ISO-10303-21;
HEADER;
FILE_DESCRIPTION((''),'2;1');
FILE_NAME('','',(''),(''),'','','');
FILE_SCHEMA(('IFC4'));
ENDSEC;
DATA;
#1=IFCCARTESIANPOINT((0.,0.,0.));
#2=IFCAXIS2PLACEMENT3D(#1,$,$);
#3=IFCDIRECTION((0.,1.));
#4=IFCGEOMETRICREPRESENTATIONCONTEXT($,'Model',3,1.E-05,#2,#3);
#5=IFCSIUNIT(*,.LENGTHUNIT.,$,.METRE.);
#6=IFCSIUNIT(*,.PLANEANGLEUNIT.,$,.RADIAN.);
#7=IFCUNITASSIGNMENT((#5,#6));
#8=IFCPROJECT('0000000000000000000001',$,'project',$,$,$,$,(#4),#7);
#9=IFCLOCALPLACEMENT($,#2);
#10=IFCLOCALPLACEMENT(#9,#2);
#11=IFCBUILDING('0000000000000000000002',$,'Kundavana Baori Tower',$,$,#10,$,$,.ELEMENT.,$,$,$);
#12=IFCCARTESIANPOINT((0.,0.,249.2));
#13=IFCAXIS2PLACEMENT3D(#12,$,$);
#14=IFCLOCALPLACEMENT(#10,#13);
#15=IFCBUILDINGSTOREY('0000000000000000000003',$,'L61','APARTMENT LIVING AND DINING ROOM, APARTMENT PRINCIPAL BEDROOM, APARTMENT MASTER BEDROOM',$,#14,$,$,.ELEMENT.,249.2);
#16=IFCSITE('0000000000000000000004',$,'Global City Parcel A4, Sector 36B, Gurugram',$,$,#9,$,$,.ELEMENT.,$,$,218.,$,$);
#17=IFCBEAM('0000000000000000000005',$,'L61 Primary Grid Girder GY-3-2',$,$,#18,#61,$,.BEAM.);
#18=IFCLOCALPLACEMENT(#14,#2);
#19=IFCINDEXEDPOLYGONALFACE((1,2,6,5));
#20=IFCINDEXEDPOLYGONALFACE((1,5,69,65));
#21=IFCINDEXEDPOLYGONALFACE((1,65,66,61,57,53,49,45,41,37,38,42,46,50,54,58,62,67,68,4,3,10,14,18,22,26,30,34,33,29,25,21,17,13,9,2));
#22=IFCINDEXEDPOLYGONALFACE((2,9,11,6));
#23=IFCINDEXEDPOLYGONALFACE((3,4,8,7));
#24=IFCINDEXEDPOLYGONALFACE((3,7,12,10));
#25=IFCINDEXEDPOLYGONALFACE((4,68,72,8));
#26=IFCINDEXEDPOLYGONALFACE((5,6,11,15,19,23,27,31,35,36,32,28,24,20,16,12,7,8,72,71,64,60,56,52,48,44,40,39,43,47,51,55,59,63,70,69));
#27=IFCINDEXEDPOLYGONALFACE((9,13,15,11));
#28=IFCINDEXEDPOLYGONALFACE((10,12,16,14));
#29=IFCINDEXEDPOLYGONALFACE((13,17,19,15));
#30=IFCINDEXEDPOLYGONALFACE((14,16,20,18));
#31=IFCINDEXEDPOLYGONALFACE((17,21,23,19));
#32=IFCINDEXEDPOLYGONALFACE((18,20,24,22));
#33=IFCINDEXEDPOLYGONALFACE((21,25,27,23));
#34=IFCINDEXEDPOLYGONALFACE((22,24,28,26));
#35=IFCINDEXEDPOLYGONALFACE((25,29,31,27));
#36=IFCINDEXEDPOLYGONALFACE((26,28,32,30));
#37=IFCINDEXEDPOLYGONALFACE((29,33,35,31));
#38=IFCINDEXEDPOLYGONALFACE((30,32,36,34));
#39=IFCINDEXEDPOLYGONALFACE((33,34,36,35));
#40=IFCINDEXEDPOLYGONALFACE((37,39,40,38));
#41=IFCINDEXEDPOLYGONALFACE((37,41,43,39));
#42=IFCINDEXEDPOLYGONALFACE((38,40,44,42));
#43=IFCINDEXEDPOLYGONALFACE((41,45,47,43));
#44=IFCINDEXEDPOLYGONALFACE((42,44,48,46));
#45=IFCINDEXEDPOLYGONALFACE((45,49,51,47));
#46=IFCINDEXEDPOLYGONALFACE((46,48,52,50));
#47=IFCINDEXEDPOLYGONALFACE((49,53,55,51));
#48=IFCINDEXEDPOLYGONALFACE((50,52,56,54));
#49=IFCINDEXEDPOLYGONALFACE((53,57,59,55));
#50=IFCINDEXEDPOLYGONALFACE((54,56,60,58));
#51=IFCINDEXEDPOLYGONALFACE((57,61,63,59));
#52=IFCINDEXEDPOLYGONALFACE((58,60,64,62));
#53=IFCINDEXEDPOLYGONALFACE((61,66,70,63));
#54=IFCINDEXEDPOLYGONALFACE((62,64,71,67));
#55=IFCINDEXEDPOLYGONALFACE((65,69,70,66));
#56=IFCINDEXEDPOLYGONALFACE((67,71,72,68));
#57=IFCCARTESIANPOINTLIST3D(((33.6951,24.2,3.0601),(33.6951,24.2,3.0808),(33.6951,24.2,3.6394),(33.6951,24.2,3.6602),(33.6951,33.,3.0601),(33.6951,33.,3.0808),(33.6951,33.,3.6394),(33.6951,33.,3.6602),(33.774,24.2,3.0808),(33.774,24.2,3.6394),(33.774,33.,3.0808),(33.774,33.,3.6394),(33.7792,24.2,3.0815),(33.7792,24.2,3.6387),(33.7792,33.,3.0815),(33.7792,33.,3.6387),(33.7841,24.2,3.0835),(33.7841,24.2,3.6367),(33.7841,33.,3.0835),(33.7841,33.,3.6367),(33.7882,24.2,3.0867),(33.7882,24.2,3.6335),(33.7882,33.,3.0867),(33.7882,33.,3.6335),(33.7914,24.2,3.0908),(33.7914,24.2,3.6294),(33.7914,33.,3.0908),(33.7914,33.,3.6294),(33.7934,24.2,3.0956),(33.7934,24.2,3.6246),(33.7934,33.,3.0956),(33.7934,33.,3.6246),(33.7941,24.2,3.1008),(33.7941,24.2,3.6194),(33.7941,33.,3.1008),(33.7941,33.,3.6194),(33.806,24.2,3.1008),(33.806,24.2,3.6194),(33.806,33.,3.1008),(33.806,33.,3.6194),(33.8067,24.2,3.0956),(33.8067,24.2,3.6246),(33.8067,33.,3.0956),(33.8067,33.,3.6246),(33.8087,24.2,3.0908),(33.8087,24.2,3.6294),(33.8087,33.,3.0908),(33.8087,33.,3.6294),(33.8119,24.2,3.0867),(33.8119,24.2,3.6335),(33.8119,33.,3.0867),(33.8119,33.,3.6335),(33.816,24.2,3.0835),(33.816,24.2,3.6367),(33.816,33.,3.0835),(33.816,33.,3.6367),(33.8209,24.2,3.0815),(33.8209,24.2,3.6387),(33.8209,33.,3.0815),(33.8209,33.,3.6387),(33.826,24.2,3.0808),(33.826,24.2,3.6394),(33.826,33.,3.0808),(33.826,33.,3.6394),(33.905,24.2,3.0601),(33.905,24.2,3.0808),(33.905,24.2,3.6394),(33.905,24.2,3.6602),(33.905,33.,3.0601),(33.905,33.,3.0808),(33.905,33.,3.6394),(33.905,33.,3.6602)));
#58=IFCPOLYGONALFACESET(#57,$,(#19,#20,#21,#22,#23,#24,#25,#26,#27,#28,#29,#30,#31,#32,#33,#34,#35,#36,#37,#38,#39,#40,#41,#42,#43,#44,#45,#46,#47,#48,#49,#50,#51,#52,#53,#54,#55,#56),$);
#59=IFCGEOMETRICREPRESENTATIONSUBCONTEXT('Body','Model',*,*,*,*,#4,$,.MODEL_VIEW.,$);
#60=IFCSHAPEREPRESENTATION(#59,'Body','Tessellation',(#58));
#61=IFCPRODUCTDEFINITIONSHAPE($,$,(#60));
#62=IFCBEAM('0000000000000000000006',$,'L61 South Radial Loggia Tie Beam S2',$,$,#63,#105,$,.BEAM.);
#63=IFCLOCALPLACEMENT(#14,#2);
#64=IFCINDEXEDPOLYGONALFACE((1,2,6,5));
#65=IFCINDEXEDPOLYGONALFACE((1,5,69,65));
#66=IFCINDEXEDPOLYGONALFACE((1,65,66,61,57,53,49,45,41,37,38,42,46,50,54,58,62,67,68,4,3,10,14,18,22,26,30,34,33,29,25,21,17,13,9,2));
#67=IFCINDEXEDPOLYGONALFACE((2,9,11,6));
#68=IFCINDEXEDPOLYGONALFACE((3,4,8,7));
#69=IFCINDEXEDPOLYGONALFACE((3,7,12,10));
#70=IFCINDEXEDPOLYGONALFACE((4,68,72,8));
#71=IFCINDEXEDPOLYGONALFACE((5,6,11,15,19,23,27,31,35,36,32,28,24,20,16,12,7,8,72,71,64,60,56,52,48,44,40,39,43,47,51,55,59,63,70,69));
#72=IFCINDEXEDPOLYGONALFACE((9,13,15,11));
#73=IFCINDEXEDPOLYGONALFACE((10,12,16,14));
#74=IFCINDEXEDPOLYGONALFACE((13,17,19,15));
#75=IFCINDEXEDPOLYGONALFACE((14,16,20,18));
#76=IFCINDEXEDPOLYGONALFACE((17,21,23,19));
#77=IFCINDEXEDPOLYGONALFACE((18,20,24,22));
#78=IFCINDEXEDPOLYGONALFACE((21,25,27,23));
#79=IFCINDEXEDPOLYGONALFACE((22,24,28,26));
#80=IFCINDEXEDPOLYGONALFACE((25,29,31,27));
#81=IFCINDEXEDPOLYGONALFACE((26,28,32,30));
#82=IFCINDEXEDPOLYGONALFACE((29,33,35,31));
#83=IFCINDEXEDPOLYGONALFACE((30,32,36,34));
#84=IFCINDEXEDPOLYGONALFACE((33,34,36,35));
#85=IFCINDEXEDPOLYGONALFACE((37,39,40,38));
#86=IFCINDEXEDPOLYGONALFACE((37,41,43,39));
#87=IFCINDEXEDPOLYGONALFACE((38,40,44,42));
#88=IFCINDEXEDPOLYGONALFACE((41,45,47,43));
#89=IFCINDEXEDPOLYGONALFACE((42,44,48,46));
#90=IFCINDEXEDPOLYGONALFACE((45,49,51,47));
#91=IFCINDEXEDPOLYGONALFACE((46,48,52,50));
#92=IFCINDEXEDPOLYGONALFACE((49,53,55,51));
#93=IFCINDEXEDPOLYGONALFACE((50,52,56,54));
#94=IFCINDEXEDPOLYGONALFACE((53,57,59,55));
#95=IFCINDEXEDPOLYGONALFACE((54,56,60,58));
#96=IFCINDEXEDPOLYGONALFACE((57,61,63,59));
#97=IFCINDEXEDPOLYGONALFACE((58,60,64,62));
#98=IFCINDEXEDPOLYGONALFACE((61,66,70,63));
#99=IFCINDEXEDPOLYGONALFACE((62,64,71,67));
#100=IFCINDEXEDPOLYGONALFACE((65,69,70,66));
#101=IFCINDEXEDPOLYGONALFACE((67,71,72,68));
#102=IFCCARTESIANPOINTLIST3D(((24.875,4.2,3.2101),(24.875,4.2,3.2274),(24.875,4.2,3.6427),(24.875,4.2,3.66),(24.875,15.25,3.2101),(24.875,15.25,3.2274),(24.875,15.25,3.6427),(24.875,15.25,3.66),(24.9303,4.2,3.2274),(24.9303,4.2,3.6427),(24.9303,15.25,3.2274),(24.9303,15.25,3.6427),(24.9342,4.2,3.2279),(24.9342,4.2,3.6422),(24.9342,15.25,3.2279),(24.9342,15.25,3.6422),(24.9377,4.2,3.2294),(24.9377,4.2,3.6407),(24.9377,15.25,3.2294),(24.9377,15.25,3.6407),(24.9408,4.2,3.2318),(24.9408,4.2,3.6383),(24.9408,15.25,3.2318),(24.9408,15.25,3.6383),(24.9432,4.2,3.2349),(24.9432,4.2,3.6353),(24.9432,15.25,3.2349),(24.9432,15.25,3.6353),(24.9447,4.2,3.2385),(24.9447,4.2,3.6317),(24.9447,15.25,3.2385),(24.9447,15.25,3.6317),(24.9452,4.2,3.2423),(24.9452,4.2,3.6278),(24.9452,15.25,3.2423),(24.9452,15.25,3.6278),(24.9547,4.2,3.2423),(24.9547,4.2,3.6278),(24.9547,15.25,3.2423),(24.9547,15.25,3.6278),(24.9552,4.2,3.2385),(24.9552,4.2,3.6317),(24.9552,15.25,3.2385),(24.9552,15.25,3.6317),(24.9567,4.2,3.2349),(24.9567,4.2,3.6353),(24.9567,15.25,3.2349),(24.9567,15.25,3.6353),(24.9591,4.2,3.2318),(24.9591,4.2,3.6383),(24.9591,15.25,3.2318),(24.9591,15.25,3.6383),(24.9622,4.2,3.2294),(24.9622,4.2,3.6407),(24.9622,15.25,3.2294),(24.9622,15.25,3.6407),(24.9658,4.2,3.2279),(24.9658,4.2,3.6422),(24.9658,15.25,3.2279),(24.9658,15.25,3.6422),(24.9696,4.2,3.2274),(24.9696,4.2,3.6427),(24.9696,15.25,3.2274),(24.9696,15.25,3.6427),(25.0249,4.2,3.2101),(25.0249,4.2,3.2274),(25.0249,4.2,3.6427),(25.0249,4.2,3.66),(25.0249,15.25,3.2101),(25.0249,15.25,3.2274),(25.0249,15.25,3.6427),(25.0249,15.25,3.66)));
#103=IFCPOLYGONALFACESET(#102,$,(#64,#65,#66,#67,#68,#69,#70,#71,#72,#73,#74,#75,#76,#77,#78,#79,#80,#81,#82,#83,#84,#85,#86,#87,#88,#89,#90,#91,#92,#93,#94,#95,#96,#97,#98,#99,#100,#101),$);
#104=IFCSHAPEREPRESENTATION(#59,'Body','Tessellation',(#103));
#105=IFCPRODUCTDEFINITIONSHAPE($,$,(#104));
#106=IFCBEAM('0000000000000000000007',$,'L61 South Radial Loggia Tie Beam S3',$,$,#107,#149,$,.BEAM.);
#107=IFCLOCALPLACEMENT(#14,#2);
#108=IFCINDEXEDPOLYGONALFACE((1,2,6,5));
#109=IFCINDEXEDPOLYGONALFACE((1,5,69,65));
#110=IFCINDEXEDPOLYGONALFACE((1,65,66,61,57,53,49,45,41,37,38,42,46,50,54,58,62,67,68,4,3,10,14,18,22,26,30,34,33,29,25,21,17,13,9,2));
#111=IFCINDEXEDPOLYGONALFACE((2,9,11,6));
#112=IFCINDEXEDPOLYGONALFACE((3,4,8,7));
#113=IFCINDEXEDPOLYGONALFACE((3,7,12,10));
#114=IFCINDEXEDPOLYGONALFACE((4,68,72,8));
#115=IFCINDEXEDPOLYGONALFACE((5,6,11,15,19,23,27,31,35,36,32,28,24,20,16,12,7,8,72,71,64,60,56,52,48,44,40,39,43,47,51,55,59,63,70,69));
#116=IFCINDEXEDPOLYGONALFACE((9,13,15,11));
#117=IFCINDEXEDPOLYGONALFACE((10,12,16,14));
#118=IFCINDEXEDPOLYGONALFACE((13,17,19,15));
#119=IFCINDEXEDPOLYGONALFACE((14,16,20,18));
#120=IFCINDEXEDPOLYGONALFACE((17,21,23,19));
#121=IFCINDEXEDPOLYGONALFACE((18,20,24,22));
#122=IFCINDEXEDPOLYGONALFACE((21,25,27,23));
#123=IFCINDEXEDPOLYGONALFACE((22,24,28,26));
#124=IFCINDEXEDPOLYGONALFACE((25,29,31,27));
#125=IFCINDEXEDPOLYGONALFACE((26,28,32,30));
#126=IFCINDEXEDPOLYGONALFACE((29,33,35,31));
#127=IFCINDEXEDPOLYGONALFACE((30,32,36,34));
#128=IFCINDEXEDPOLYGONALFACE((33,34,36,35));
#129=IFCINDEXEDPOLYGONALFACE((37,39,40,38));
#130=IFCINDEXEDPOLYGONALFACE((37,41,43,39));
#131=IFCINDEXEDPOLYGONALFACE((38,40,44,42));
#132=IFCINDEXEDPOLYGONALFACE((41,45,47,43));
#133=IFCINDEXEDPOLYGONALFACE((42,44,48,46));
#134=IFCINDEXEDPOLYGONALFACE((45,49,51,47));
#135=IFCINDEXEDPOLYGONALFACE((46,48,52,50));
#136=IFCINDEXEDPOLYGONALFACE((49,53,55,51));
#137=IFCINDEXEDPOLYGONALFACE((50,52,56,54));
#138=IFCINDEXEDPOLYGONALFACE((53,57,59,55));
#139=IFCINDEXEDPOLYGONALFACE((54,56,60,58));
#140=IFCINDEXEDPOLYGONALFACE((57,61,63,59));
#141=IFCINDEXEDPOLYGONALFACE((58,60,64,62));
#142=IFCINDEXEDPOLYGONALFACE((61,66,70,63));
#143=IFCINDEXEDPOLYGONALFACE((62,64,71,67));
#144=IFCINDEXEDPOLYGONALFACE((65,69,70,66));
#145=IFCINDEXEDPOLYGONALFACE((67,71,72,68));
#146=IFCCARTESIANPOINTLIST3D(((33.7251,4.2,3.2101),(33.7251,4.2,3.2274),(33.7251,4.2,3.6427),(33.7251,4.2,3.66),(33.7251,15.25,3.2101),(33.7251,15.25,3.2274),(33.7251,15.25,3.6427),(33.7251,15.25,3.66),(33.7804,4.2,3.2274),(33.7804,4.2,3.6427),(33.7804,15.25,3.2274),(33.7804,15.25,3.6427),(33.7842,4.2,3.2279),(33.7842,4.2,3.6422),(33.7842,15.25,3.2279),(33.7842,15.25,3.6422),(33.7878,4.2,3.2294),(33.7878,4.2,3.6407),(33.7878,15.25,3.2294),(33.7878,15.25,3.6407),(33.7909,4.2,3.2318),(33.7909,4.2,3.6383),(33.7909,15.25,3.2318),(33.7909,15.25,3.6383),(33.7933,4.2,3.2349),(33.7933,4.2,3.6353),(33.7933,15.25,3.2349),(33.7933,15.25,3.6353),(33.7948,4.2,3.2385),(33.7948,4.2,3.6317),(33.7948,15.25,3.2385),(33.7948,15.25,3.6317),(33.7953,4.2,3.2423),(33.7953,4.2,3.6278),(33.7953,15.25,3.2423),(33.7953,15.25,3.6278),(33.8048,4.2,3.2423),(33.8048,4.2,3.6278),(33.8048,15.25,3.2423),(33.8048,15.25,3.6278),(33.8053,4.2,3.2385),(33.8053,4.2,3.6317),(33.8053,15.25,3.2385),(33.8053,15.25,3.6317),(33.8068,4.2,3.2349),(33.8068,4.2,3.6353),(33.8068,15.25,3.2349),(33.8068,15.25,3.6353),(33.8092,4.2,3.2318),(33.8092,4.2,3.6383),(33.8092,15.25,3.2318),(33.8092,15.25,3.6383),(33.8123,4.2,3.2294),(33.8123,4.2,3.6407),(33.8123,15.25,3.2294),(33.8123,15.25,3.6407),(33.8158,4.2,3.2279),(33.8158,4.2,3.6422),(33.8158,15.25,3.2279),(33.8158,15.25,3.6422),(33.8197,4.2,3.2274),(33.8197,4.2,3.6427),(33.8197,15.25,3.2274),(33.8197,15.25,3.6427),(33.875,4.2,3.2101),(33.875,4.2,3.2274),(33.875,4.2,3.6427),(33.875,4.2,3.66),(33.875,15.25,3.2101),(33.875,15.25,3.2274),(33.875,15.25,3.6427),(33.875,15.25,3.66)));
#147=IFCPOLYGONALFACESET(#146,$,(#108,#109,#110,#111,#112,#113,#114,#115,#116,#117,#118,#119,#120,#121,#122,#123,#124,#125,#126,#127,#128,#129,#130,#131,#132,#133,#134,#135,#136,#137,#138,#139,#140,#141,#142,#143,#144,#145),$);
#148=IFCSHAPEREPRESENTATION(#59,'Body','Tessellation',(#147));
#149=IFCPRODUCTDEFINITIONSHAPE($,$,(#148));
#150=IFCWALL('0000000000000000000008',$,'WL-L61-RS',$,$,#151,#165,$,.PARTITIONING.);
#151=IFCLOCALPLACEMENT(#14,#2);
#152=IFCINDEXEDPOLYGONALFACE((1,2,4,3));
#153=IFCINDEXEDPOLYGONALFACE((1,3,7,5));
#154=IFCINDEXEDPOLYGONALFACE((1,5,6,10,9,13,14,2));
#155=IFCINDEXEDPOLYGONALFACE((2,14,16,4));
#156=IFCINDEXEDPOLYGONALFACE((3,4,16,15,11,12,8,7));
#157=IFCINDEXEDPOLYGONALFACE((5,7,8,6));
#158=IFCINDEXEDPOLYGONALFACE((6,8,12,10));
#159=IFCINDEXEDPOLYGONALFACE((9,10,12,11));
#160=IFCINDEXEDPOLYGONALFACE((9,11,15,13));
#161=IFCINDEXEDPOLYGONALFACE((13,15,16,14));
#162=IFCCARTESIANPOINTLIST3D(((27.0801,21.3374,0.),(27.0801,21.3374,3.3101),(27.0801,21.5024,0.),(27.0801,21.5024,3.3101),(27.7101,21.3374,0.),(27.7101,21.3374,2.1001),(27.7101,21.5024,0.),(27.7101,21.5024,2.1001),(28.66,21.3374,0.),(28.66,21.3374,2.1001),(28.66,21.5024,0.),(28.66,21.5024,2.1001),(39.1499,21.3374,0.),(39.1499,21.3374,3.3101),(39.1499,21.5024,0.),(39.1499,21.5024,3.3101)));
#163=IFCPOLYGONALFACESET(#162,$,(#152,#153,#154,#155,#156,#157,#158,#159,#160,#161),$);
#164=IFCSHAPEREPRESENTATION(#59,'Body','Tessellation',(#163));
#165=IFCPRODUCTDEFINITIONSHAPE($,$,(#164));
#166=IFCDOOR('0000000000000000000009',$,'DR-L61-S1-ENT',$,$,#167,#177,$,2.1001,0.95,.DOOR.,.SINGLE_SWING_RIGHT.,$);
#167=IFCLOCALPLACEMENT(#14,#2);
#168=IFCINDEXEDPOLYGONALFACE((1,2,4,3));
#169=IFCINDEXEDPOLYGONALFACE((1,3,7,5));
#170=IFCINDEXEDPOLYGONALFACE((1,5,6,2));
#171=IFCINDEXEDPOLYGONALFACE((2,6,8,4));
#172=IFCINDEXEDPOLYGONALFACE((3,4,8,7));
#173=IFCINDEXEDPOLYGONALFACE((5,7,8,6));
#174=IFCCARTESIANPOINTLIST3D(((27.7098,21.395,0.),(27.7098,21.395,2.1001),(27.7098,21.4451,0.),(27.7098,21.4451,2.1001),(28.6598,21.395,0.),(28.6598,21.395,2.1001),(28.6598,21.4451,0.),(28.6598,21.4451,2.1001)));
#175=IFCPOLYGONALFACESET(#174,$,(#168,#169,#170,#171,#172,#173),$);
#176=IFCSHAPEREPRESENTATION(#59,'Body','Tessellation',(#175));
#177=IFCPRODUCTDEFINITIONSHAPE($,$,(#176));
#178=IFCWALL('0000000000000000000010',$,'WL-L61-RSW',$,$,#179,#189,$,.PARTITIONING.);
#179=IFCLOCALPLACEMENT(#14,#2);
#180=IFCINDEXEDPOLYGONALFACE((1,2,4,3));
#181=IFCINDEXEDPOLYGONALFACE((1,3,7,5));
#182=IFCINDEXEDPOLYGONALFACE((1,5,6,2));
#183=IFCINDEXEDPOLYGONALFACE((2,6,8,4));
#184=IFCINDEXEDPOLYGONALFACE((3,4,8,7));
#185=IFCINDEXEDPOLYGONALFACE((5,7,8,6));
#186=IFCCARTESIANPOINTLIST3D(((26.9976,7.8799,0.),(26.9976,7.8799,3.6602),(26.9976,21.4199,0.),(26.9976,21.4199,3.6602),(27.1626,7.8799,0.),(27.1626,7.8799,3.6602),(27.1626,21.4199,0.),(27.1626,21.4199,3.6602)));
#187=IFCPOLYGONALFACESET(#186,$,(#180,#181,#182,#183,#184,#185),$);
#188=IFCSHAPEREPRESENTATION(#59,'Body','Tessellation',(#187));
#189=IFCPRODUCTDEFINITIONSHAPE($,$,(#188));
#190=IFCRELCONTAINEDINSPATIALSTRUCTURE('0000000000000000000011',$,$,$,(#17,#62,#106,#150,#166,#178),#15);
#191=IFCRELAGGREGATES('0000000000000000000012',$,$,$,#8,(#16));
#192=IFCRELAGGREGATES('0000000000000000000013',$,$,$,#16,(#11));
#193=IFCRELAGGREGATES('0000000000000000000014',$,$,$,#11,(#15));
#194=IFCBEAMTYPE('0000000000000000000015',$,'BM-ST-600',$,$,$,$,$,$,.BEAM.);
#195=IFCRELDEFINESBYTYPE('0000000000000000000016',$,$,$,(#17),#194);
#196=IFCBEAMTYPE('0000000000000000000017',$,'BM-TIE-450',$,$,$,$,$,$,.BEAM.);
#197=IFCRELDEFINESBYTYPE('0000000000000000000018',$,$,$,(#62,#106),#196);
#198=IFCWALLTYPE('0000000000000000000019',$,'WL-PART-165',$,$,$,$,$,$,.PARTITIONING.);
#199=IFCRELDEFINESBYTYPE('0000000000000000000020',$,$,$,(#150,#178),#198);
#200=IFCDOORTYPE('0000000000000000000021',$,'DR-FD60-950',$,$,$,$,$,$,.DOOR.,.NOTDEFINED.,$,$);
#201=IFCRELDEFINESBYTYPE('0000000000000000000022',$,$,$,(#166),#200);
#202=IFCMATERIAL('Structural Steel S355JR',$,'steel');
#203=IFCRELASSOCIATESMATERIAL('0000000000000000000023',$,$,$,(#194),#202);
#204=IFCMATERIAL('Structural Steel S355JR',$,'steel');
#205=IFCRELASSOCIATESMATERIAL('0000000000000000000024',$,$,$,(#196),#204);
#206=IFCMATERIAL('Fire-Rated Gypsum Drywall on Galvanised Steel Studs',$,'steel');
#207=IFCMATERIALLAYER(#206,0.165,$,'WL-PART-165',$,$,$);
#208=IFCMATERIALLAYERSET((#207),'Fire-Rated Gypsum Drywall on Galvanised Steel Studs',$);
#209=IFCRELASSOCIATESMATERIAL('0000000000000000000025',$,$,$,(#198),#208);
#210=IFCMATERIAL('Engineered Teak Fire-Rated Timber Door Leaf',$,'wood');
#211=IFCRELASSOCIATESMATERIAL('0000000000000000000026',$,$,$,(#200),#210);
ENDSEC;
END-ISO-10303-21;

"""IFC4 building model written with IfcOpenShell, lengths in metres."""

from ifc_helpers import new_model, si_unit, direction, frame, frame_2d, origin, origin_2d, place, context, subcontext, project, spatial, rectangle, i_section, extrude, material, layer, layer_set, material_profile, profile_set, type_object, element, fill, save


model = new_model("IFC4")

# Units and contexts
model_context = context("Model", 3, precision=1e-05, world=origin(), true_north=direction((0.0, 1.0)))
body_context = subcontext(model_context, "Body", "Model", "MODEL_VIEW")
ifc_project = project(units=[si_unit("LENGTHUNIT", "METRE"), si_unit("PLANEANGLEUNIT", "RADIAN")], contexts=[model_context])

# Site, building, storey
site_placement = place(None, origin())
site = spatial("IfcSite", under=ifc_project, at=site_placement, Name="Global City Parcel A4, Sector 36B, Gurugram", CompositionType="ELEMENT", RefElevation=218.0)
building_placement = place(site_placement, origin())
building = spatial("IfcBuilding", under=site, at=building_placement, Name="Kundavana Baori Tower", CompositionType="ELEMENT")
storey_placement = place(building_placement, frame((0.0, 0.0, 249.2)))
storey = spatial("IfcBuildingStorey", under=building, at=storey_placement, Name="L61", Description="APARTMENT LIVING AND DINING ROOM, APARTMENT PRINCIPAL BEDROOM, APARTMENT MASTER BEDROOM", CompositionType="ELEMENT", Elevation=249.2)

# Beams
ifc_material_1 = material(Name="Structural Steel S355JR", Category="steel")
ifc_material_profile_1 = material_profile(ifc_material_1, i_section(OverallWidth=0.21, OverallDepth=0.6001, WebThickness=0.012, FlangeThickness=0.0208, FilletRadius=0.02, at=origin_2d()), Name="ISMB 600")
ifc_profile_set_1 = profile_set([ifc_material_profile_1], Name="Structural Steel S355JR")
beam_type_1 = type_object("IfcBeamType", Name="BM-ST-600", PredefinedType="BEAM", material=ifc_profile_set_1)
beam_1_placement = place(storey_placement, frame((33.8, 24.2, 3.3601), z_axis=(0.0, 1.0, 0.0), x_axis=(-1.0, 0.0, 0.0)))
element("IfcBeam", 1, at=beam_1_placement, inside=storey, type_object=beam_type_1, Name="L61 Primary Grid Girder GY-3-2", PredefinedType="BEAM", context=body_context, shape_type="SweptSolid", body=[
    extrude(i_section(OverallWidth=0.21, OverallDepth=0.6001, WebThickness=0.012, FlangeThickness=0.0208, FilletRadius=0.02, at=origin_2d()), origin(), (0.0, 0.0, 1.0), 8.8),
])
ifc_material_2 = material(Name="Structural Steel S355JR", Category="steel")
ifc_material_profile_2 = material_profile(ifc_material_2, i_section(OverallWidth=0.1499, OverallDepth=0.45, WebThickness=0.0095, FlangeThickness=0.0173, FilletRadius=0.0149, at=origin_2d()), Name="ISMB 450")
ifc_profile_set_2 = profile_set([ifc_material_profile_2], Name="Structural Steel S355JR")
beam_type_2 = type_object("IfcBeamType", Name="BM-TIE-450", PredefinedType="BEAM", material=ifc_profile_set_2)
for number, where, z_axis, x_axis, name in (
    (2, (24.95, 15.25, 3.4351), (0.0, -1.0, 0.0), (1.0, 0.0, 0.0), "L61 South Radial Loggia Tie Beam S2"),
    (3, (33.8, 15.25, 3.4351), (0.0, -1.0, 0.0), (1.0, 0.0, 0.0), "L61 South Radial Loggia Tie Beam S3"),
):
    element("IfcBeam", number, at=place(storey_placement, frame(where, z_axis=z_axis, x_axis=x_axis)), inside=storey, type_object=beam_type_2, Name=name, PredefinedType="BEAM", context=body_context, shape_type="SweptSolid", body=[
        extrude(i_section(OverallWidth=0.1499, OverallDepth=0.45, WebThickness=0.0095, FlangeThickness=0.0173, FilletRadius=0.0149, at=origin_2d()), origin(), (0.0, 0.0, 1.0), 11.05),
    ])

# Wall, opening, door
ifc_material_3 = material(Name="Fire-Rated Gypsum Drywall on Galvanised Steel Studs", Category="steel")
ifc_layer = layer(ifc_material_3, 0.165, Name="WL-PART-165")
ifc_layer_set = layer_set([ifc_layer], Name="Fire-Rated Gypsum Drywall on Galvanised Steel Studs")
wall_type = type_object("IfcWallType", Name="WL-PART-165", PredefinedType="PARTITIONING", material=ifc_layer_set)
wall_1_placement = place(storey_placement, frame((27.0801, 21.4199, 0.0), z_axis=(0.0, 0.0, 1.0), x_axis=(1.0, 0.0, 0.0)))
wall_1 = element("IfcWall", 4, at=wall_1_placement, inside=storey, type_object=wall_type, Name="WL-L61-RS", PredefinedType="PARTITIONING", context=body_context, shape_type="SweptSolid", body=[
    extrude(rectangle(XDim=12.0698, YDim=0.165, at=frame_2d((6.0349, 0.0))), origin(), (0.0, 0.0, 1.0), 3.3101),
])
opening_1_placement = place(wall_1_placement, frame((0.6299, 0.0, 0.0)))
opening_1 = element("IfcOpeningElement", 5, at=opening_1_placement, cuts=wall_1, PredefinedType="OPENING", context=body_context, shape_type="SweptSolid", body=[
    extrude(rectangle(XDim=0.95, YDim=2.1001, at=frame_2d((0.4751, 1.05))), frame((0.0, 0.0925, 0.0), z_axis=(0.0, -1.0, 0.0), x_axis=(1.0, 0.0, 0.0)), (0.0, 0.0, 1.0), 0.1851),
])
ifc_material_4 = material(Name="Engineered Teak Fire-Rated Timber Door Leaf", Category="wood")
door_type_1 = type_object("IfcDoorType", Name="DR-FD60-950", OperationType="NOTDEFINED", PredefinedType="DOOR", material=ifc_material_4)
door_1_placement = place(opening_1_placement, frame((0.95, 0.0, 0.0), z_axis=(0.0, 0.0, 1.0), x_axis=(-1.0, 0.0, 0.0)))
door_1 = element("IfcDoor", 6, at=door_1_placement, inside=storey, type_object=door_type_1, Name="DR-L61-S1-ENT", OperationType="SINGLE_SWING_RIGHT", OverallHeight=2.1001, OverallWidth=0.95, PredefinedType="DOOR", context=body_context, shape_type="SweptSolid", body=[
    extrude(rectangle(XDim=0.95, YDim=2.1001, at=frame_2d((0.4751, 1.05))), frame((0.0, 0.0249, 0.0), z_axis=(0.0, -1.0, 0.0), x_axis=(1.0, 0.0, 0.0)), (0.0, 0.0, 1.0), 0.05),
])
fill(opening_1, door_1)

# Wall
wall_2_placement = place(storey_placement, frame((27.0801, 7.8799, 0.0), z_axis=(0.0, 0.0, 1.0), x_axis=(0.0, 1.0, 0.0)))
element("IfcWall", 7, at=wall_2_placement, inside=storey, type_object=wall_type, Name="WL-L61-RSW", PredefinedType="PARTITIONING", context=body_context, shape_type="SweptSolid", body=[
    extrude(rectangle(XDim=13.54, YDim=0.165, at=frame_2d((6.77, 0.0))), origin(), (0.0, 0.0, 1.0), 3.6602),
])

save(model, "model.ifc")
